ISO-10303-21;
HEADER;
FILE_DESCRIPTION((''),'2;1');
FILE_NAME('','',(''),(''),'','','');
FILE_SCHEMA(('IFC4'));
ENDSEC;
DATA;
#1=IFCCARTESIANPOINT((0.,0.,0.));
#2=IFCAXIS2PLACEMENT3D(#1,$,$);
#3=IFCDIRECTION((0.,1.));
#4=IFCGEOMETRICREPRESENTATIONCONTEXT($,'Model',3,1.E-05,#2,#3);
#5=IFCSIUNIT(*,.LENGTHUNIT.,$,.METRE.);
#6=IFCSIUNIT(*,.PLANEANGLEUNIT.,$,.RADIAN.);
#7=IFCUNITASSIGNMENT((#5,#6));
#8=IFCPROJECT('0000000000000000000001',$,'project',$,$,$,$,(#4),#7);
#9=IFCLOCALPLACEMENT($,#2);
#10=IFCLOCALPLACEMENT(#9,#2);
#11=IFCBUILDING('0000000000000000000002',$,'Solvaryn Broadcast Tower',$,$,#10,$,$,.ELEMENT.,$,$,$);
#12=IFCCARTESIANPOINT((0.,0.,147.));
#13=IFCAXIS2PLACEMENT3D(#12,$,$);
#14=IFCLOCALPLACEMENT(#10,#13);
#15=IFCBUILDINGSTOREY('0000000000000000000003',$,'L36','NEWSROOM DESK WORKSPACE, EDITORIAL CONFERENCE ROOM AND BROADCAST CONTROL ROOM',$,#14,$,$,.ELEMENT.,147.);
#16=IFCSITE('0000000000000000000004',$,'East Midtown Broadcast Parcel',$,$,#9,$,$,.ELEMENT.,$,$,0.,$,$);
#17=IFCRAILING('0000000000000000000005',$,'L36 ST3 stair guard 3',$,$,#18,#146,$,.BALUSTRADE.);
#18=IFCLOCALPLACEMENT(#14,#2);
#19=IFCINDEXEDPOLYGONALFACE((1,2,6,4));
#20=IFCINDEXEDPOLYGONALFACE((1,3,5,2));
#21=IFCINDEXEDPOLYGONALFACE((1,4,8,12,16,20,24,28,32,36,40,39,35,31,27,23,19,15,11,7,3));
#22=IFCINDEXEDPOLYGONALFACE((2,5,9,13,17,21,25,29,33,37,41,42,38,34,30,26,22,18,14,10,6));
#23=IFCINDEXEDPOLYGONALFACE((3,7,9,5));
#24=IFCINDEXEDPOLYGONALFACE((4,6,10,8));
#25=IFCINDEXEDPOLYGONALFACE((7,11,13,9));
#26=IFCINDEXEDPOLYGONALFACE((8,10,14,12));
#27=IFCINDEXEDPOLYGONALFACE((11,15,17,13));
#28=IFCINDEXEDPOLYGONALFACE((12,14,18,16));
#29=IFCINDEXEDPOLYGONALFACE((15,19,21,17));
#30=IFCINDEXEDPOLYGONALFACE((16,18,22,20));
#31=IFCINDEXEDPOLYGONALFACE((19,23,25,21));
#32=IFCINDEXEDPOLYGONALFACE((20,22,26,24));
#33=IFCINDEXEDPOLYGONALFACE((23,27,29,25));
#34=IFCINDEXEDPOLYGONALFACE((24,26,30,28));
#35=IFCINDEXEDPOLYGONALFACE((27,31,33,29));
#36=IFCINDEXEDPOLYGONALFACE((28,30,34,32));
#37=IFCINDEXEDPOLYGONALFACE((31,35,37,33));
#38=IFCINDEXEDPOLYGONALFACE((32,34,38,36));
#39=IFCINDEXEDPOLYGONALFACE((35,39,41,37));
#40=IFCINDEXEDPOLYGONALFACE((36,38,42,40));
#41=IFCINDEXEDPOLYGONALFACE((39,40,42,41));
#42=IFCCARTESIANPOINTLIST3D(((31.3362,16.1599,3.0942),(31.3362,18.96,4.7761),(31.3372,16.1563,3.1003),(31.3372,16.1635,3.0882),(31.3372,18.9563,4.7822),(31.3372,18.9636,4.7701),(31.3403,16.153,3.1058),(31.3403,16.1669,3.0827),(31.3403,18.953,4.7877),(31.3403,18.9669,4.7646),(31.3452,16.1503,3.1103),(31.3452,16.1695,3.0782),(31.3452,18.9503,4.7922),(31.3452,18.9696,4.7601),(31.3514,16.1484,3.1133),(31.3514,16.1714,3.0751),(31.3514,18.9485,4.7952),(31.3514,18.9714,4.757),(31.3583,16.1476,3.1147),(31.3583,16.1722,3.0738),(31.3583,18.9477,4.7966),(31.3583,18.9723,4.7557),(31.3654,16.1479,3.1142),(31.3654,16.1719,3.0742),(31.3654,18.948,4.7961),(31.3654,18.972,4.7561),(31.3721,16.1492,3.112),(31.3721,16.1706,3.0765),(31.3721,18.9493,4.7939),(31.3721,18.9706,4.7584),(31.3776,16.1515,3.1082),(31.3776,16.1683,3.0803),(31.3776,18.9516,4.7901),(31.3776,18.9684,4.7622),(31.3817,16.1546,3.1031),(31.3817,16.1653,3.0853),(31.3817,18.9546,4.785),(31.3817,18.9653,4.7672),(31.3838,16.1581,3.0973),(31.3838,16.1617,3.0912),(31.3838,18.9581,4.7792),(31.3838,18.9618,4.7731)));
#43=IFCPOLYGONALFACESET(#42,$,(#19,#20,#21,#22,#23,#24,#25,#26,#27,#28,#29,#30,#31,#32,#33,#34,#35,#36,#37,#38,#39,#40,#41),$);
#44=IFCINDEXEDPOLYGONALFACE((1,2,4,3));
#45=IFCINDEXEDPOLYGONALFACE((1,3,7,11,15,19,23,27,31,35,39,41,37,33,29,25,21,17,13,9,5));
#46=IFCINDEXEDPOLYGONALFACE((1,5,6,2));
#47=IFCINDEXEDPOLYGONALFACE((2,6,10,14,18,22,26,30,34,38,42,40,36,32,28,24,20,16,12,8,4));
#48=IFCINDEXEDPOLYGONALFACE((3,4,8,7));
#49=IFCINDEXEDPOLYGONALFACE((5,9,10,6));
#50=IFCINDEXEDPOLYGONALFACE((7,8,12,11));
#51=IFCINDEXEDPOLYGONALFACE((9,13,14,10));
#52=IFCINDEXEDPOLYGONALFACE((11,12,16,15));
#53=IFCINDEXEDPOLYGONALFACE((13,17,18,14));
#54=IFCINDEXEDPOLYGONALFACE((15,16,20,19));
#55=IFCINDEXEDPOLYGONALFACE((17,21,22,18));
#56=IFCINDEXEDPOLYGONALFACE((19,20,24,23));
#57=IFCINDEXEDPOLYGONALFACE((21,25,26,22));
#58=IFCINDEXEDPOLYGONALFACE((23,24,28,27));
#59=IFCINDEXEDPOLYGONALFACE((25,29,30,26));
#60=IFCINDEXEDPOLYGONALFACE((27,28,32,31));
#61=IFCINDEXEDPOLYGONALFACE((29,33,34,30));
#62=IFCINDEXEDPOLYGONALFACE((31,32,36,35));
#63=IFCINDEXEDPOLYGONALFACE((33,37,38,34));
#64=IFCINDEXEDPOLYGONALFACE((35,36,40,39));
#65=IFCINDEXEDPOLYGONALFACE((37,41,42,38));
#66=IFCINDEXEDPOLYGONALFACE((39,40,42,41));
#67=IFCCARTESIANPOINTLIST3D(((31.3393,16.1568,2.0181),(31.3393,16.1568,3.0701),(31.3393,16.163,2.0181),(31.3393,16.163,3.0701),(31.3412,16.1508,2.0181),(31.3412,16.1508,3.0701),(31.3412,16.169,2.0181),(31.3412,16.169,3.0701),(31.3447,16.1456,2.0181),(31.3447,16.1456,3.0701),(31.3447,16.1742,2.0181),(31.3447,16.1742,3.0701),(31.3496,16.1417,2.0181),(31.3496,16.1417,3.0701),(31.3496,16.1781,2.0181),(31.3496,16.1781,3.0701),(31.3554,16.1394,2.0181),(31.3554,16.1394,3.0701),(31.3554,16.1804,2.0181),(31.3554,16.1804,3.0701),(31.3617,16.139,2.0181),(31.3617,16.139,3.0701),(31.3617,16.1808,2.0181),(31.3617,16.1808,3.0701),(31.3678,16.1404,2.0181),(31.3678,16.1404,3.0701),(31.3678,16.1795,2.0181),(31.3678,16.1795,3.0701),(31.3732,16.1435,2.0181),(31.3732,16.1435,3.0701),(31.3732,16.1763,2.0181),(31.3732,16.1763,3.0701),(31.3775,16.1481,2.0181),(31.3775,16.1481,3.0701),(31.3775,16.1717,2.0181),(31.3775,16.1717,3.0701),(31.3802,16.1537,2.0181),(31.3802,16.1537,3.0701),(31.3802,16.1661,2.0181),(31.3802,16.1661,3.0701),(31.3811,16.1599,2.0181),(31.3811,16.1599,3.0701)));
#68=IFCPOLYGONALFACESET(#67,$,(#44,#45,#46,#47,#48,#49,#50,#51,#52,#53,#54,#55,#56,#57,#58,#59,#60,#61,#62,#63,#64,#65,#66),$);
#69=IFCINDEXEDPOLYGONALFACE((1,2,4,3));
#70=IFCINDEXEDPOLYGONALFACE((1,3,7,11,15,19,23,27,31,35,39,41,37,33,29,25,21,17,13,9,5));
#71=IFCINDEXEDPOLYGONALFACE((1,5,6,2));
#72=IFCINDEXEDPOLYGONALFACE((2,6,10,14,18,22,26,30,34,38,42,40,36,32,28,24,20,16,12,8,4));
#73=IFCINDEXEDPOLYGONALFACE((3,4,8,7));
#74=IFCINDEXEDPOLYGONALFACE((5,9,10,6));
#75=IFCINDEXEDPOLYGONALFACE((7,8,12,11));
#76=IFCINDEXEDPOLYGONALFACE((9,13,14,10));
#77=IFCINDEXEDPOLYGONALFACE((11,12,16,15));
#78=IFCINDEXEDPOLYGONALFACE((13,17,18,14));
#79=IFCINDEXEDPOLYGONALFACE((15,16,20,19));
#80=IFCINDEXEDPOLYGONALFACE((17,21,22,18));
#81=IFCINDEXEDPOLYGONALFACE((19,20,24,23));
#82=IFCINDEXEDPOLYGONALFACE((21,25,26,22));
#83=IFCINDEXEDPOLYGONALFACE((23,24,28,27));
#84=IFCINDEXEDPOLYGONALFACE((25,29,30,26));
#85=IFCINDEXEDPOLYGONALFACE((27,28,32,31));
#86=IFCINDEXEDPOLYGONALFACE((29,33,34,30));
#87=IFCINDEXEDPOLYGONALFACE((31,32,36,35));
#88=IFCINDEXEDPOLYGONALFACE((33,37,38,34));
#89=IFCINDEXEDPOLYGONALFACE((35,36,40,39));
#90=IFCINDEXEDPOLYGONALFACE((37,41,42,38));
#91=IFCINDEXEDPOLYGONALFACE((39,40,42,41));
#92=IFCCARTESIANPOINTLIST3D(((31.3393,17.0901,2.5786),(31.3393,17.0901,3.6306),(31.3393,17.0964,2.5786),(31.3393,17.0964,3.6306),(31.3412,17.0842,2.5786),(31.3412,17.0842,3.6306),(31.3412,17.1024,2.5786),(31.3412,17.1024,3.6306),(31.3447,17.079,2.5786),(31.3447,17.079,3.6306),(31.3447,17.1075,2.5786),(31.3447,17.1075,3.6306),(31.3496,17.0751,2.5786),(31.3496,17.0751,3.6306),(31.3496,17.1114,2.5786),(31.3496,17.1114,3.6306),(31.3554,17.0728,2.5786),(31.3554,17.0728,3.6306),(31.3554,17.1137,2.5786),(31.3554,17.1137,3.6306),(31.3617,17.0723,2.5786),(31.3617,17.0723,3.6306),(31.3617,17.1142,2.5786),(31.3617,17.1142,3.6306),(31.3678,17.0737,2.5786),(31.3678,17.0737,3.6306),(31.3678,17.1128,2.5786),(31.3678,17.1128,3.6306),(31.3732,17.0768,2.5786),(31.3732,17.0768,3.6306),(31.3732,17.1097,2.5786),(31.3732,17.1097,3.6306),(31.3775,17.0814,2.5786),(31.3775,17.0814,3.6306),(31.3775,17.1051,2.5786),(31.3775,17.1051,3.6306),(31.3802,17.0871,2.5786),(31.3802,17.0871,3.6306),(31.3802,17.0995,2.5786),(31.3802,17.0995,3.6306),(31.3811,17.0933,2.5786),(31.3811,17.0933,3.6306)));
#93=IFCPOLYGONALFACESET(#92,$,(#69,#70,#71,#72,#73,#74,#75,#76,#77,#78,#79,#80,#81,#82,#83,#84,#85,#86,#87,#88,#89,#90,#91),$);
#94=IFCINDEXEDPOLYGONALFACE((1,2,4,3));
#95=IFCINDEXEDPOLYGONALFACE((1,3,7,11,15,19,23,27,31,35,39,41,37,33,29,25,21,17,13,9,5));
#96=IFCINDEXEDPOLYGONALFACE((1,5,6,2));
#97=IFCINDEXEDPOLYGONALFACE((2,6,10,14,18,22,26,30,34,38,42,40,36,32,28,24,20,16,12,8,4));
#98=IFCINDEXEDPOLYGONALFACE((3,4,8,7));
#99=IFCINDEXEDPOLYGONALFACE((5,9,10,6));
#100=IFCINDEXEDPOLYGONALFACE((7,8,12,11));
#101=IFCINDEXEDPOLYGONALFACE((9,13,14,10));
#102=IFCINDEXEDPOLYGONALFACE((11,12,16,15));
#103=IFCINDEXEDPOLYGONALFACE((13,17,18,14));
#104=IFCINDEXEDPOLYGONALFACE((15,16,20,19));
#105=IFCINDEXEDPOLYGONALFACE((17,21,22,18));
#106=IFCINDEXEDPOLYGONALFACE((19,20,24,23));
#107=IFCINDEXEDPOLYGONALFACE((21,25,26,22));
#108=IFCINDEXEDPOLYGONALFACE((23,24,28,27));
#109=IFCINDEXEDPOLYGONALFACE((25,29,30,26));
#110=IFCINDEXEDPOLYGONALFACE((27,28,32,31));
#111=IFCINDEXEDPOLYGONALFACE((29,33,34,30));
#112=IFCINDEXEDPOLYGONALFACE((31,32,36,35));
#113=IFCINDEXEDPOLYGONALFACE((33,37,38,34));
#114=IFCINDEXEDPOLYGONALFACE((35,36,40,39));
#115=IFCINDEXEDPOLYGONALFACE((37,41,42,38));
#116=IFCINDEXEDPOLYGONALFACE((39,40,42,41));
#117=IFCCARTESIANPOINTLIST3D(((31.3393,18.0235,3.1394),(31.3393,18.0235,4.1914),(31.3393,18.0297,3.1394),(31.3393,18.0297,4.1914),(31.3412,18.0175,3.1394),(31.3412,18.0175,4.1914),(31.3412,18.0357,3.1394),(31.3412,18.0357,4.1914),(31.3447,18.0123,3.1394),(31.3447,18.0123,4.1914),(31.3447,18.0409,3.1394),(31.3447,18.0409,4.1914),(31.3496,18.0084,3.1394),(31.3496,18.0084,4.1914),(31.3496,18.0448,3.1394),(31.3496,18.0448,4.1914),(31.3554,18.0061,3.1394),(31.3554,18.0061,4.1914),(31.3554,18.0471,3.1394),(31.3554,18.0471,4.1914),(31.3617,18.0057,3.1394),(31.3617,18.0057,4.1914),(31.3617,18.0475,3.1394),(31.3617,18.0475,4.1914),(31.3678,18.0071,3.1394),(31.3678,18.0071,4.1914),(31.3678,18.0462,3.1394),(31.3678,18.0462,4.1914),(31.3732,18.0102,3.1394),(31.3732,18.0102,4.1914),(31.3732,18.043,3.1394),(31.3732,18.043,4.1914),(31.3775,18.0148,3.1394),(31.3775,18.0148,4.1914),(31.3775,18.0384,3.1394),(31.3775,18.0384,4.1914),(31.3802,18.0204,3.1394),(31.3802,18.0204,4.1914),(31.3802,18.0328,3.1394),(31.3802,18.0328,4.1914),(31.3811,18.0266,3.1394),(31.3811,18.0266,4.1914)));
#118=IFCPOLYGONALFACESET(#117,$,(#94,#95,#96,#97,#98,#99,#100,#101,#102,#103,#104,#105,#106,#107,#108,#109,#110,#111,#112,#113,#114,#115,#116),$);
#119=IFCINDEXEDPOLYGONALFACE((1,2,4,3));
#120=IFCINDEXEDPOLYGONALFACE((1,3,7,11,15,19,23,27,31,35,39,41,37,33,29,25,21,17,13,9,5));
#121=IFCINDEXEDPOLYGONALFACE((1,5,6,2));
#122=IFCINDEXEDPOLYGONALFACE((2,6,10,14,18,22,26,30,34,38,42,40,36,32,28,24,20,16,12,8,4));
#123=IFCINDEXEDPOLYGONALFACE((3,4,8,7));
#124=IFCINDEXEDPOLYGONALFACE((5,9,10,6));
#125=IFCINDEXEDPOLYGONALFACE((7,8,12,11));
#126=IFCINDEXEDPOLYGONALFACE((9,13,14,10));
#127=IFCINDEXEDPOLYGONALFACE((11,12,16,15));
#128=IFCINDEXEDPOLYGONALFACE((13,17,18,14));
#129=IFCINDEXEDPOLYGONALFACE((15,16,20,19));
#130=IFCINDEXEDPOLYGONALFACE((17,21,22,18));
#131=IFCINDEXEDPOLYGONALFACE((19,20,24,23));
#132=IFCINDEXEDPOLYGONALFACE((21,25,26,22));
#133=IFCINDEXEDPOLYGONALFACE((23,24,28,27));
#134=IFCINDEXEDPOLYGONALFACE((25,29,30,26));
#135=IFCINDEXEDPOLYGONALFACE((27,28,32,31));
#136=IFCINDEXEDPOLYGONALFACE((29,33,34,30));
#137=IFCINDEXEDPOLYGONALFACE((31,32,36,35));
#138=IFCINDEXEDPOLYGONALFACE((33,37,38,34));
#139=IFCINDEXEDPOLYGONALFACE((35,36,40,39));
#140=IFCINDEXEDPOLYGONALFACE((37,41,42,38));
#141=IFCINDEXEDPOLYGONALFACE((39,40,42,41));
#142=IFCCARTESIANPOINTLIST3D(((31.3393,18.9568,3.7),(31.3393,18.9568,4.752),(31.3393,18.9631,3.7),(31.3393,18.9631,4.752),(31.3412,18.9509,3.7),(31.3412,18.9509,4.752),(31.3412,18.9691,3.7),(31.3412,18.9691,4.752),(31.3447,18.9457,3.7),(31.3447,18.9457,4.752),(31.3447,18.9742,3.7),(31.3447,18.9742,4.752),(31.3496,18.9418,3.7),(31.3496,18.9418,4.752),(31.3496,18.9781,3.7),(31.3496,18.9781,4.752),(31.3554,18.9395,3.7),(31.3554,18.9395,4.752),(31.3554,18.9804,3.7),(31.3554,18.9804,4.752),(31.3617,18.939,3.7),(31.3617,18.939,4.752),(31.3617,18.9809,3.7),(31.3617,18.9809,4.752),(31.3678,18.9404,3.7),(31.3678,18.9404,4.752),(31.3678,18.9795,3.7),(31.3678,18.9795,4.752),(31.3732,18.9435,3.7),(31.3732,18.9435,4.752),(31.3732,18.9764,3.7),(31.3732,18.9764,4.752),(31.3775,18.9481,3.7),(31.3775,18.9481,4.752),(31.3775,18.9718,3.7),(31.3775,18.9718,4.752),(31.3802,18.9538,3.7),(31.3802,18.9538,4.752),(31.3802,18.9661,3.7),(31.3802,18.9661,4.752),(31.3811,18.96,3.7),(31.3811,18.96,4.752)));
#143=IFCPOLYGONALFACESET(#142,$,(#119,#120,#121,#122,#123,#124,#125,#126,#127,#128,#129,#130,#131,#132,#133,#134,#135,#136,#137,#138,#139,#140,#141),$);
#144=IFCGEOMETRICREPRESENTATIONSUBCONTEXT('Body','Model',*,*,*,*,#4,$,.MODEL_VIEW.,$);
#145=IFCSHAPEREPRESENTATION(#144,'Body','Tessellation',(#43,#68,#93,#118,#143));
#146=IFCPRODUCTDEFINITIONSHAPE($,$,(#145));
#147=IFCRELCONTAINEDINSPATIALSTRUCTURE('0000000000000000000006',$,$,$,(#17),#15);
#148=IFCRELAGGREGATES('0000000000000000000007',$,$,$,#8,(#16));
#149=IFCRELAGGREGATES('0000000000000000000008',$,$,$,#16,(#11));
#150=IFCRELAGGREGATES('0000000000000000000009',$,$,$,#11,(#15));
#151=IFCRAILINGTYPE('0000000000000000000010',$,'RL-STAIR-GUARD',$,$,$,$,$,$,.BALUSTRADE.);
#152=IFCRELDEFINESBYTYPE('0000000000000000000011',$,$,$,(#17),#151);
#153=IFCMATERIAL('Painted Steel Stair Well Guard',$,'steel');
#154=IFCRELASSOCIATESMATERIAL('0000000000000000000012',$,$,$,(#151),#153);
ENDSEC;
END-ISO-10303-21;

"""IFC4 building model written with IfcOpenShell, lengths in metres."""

from ifc_helpers import new_model, si_unit, direction, frame, origin, origin_2d, place, context, subcontext, project, spatial, circle, extrude, material, type_object, element, save


model = new_model("IFC4")

# Units and contexts
model_context = context("Model", 3, precision=1e-05, world=origin(), true_north=direction((0.0, 1.0)))
body_context = subcontext(model_context, "Body", "Model", "MODEL_VIEW")
ifc_project = project(units=[si_unit("LENGTHUNIT", "METRE"), si_unit("PLANEANGLEUNIT", "RADIAN")], contexts=[model_context])

# Site, building, storey
site_placement = place(None, origin())
site = spatial("IfcSite", under=ifc_project, at=site_placement, Name="East Midtown Broadcast Parcel", CompositionType="ELEMENT", RefElevation=0.0)
building_placement = place(site_placement, origin())
building = spatial("IfcBuilding", under=site, at=building_placement, Name="Solvaryn Broadcast Tower", CompositionType="ELEMENT")
storey_placement = place(building_placement, frame((0.0, 0.0, 147.0)))
storey = spatial("IfcBuildingStorey", under=building, at=storey_placement, Name="L36", Description="NEWSROOM DESK WORKSPACE, EDITORIAL CONFERENCE ROOM AND BROADCAST CONTROL ROOM", CompositionType="ELEMENT", Elevation=147.0)

# Railing
ifc_material_1 = material(Name="Painted Steel Stair Well Guard", Category="steel")
railing_type_1 = type_object("IfcRailingType", Name="RL-STAIR-GUARD", PredefinedType="BALUSTRADE", material=ifc_material_1)
railing_1_placement = place(storey_placement, frame((31.3601, 16.1599, 2.0181)))
element("IfcRailing", 1, at=railing_1_placement, inside=storey, type_object=railing_type_1, Name="L36 ST3 stair guard 3", PredefinedType="BALUSTRADE", context=body_context, shape_type="SweptSolid", body=[
    extrude(circle(Radius=0.0239, at=origin_2d()), frame((0.0, 0.0, 1.0762), z_axis=(0.0, 0.857242, 0.514913), x_axis=(-1.0, 0.0, 0.0)), (0.0, 0.0, 1.0), 3.2664),
    extrude(circle(Radius=0.021, at=origin_2d()), origin(), (0.0, 0.0, 1.0), 1.052),
    extrude(circle(Radius=0.021, at=origin_2d()), frame((0.0, 0.9333, 0.5605)), (0.0, 0.0, 1.0), 1.052),
    extrude(circle(Radius=0.021, at=origin_2d()), frame((0.0, 1.8667, 1.1213)), (0.0, 0.0, 1.0), 1.052),
    extrude(circle(Radius=0.021, at=origin_2d()), frame((0.0, 2.8, 1.6819)), (0.0, 0.0, 1.0), 1.052),
])

save(model, "model.ifc")
